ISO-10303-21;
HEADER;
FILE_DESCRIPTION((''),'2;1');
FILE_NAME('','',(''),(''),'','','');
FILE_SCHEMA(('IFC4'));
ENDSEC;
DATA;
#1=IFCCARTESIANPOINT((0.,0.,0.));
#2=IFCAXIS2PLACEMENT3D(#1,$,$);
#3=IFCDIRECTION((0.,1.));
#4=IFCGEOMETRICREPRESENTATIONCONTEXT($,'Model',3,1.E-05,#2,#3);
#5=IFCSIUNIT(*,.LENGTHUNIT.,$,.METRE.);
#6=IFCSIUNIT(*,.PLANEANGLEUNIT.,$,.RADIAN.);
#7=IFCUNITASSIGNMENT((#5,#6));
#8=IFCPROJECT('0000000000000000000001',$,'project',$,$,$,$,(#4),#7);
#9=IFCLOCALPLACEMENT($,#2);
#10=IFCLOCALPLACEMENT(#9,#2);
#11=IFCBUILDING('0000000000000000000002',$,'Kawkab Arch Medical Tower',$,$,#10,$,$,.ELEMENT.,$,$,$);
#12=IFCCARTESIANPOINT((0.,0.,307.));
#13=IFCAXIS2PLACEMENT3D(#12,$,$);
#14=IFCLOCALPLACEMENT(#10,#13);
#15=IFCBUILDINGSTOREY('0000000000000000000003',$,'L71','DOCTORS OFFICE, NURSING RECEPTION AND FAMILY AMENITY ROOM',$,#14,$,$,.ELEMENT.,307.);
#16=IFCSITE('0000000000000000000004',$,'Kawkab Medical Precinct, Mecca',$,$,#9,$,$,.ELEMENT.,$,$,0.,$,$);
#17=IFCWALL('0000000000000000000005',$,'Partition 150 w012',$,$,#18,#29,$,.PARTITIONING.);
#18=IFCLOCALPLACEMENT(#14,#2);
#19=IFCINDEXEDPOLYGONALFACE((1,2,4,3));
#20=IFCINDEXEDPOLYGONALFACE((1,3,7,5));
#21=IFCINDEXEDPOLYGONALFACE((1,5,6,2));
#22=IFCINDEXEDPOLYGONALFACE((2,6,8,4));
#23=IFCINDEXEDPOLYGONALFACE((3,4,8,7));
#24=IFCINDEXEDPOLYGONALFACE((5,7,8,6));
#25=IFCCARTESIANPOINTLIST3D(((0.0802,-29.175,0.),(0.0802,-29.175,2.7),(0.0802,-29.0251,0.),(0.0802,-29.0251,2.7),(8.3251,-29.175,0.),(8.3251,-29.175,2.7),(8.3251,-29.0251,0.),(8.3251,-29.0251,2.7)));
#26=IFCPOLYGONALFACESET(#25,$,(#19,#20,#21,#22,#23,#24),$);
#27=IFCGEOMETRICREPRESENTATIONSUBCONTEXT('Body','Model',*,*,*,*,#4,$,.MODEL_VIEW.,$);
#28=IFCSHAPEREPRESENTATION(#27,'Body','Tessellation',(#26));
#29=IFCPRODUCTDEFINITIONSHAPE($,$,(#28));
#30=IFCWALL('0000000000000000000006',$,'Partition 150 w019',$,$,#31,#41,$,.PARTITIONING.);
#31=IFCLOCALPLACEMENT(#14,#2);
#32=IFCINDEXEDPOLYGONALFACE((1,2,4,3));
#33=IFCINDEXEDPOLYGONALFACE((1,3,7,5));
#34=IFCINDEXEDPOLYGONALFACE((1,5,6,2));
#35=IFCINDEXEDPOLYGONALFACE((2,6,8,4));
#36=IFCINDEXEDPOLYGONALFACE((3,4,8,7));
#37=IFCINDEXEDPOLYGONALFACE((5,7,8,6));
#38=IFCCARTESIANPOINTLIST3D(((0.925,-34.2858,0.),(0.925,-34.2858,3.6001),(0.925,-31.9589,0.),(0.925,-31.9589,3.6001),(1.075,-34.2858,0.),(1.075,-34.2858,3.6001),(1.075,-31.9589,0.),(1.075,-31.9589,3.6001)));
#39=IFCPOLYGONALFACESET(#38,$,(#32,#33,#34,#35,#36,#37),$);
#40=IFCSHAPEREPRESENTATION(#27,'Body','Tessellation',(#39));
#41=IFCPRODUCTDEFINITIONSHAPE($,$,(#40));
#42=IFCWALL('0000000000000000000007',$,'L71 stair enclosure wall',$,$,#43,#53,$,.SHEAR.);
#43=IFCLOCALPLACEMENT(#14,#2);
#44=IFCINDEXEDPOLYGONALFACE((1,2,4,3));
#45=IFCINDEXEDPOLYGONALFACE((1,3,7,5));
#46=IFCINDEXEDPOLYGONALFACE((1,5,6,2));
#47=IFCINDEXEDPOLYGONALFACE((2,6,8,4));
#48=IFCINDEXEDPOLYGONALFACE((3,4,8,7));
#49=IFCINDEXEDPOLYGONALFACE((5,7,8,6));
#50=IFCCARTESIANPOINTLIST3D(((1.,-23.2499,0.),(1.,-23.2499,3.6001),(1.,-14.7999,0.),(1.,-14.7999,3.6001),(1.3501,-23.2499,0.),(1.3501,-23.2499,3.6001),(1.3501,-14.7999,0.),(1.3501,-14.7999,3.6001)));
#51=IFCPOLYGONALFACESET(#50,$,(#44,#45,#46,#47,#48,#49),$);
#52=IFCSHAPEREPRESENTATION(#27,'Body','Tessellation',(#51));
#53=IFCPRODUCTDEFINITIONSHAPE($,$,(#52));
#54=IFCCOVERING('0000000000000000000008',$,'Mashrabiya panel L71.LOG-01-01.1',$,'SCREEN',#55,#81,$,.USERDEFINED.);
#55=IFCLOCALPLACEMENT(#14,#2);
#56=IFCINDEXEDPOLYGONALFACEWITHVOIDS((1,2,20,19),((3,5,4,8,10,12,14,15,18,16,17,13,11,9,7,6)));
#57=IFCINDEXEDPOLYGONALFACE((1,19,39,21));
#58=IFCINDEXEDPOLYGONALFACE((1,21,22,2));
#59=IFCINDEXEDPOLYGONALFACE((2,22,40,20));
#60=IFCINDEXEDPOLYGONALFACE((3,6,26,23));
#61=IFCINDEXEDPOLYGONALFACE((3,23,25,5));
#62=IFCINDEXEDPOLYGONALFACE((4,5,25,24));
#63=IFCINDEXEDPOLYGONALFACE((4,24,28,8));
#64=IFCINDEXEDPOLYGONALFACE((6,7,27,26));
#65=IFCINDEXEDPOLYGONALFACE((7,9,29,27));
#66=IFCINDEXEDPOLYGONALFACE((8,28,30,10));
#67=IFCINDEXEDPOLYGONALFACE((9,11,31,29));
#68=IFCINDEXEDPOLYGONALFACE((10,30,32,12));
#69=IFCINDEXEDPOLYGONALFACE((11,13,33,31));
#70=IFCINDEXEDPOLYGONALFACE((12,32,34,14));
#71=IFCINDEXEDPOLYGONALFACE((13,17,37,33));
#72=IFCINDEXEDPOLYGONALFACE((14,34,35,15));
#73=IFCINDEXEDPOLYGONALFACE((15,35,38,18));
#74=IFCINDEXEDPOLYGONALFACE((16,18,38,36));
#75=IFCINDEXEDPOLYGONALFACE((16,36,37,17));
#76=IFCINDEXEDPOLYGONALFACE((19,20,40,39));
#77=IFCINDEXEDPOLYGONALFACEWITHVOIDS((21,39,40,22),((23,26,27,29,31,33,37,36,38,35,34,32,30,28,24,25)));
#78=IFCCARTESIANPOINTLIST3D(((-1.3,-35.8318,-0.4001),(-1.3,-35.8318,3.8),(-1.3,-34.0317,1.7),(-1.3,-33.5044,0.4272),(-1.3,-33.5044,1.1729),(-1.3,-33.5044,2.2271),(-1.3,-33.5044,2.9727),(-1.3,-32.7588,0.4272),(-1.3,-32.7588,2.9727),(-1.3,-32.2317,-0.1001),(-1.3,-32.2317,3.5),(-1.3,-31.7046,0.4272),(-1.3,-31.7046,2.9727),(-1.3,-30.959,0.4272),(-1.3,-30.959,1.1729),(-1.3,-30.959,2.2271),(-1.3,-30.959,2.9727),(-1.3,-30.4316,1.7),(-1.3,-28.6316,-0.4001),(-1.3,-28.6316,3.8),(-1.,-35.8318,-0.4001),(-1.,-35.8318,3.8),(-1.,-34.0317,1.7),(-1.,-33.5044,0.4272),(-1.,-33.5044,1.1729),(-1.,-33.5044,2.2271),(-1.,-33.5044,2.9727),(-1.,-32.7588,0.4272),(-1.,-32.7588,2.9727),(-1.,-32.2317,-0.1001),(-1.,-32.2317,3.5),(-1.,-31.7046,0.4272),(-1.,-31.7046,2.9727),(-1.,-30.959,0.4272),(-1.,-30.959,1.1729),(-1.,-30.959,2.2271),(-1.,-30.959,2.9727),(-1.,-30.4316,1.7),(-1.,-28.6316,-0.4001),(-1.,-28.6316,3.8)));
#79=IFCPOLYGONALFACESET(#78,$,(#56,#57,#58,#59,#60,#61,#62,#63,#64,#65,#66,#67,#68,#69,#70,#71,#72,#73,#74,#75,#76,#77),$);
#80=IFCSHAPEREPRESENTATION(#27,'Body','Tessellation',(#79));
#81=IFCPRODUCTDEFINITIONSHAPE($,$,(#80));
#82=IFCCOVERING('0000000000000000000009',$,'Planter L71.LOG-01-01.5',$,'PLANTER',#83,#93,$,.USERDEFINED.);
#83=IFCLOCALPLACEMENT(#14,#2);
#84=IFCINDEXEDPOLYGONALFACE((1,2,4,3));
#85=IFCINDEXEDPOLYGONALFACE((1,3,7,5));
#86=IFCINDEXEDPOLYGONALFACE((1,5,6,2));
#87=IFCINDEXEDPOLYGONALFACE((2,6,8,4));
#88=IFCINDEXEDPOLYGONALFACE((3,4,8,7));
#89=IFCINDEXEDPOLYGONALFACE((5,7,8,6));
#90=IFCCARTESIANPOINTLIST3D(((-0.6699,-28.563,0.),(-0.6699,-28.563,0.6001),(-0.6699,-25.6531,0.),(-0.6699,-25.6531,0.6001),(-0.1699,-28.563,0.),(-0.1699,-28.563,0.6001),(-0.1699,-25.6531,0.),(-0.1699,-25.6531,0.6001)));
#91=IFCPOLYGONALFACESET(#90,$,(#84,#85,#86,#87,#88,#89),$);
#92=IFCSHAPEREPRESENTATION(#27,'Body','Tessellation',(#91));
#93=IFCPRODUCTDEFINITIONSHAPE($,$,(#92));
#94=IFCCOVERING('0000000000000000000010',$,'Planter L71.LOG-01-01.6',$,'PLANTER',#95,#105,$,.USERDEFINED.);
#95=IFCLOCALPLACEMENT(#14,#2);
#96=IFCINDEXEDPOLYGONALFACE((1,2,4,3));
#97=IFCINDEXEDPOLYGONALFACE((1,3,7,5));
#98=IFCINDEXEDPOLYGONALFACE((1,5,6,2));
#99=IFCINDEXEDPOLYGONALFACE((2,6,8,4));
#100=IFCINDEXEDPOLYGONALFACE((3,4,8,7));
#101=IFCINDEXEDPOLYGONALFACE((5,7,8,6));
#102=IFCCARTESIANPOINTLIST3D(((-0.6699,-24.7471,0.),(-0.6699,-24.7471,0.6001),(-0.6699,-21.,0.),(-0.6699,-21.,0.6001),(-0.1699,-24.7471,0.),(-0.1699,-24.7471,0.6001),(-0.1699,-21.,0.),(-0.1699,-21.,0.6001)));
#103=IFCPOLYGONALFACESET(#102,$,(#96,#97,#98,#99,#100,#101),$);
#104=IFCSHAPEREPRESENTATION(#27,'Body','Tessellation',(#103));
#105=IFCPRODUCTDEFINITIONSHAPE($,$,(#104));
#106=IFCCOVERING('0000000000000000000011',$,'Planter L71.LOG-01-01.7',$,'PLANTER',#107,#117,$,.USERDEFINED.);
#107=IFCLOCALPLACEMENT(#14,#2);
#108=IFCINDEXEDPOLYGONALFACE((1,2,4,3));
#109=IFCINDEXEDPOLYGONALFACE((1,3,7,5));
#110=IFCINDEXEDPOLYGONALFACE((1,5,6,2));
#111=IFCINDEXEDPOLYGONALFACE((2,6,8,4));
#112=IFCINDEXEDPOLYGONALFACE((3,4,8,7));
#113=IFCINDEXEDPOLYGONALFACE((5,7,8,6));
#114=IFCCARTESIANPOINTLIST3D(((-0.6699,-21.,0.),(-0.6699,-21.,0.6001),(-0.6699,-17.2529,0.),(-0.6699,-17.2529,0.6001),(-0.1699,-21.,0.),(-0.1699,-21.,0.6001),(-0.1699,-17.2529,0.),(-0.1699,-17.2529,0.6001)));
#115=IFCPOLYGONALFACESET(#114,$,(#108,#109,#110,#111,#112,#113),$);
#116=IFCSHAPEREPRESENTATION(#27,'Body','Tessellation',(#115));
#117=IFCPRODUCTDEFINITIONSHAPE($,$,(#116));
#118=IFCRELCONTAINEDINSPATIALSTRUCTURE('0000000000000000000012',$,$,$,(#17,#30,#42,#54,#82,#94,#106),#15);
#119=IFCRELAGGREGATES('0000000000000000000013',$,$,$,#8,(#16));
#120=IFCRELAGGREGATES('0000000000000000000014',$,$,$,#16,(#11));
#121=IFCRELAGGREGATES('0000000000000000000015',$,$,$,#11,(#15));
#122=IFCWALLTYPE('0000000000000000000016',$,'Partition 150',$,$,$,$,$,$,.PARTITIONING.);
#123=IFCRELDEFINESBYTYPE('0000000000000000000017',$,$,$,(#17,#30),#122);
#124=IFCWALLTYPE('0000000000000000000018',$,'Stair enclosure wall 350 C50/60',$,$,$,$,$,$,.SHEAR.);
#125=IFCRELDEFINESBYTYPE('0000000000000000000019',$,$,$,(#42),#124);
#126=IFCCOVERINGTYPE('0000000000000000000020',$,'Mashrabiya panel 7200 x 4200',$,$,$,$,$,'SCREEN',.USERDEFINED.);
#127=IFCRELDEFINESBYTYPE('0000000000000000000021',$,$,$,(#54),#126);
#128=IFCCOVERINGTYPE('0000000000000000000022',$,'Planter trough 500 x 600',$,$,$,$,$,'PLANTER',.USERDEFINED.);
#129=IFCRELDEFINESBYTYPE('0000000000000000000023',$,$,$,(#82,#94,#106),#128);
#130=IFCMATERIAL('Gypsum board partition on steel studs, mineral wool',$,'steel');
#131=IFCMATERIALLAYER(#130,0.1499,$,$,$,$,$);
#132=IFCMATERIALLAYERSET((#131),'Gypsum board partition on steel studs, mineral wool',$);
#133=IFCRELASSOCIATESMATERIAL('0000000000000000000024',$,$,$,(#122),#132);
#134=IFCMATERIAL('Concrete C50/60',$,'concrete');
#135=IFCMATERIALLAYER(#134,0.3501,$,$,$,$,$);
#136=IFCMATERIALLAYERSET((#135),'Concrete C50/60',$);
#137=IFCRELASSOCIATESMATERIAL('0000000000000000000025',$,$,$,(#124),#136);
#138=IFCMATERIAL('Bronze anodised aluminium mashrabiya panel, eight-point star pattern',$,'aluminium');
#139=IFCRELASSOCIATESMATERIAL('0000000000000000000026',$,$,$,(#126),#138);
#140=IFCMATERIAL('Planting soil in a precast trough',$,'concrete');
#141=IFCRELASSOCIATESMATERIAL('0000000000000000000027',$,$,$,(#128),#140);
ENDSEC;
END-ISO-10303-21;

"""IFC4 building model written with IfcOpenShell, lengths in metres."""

from ifc_helpers import new_model, si_unit, direction, frame, frame_2d, origin, origin_2d, place, context, subcontext, project, spatial, polyline, rectangle, outline, extrude, material, layer, layer_set, material_profile, profile_set, type_object, element, save


model = new_model("IFC4")

# Units and contexts
model_context = context("Model", 3, precision=1e-05, world=origin(), true_north=direction((0.0, 1.0)))
body_context = subcontext(model_context, "Body", "Model", "MODEL_VIEW")
ifc_project = project(units=[si_unit("LENGTHUNIT", "METRE"), si_unit("PLANEANGLEUNIT", "RADIAN")], contexts=[model_context])

# Site, building, storey
site_placement = place(None, origin())
site = spatial("IfcSite", under=ifc_project, at=site_placement, Name="Kawkab Medical Precinct, Mecca", CompositionType="ELEMENT", RefElevation=0.0)
building_placement = place(site_placement, origin())
building = spatial("IfcBuilding", under=site, at=building_placement, Name="Kawkab Arch Medical Tower", CompositionType="ELEMENT")
storey_placement = place(building_placement, frame((0.0, 0.0, 307.0)))
storey = spatial("IfcBuildingStorey", under=building, at=storey_placement, Name="L71", Description="DOCTORS OFFICE, NURSING RECEPTION AND FAMILY AMENITY ROOM", CompositionType="ELEMENT", Elevation=307.0)

# Shared definitions
ifc_material_1 = material(Name="Gypsum board partition on steel studs, mineral wool", Category="steel")
ifc_layer_1 = layer(ifc_material_1, 0.1499)
ifc_layer_set_1 = layer_set([ifc_layer_1], Name="Gypsum board partition on steel studs, mineral wool")
wall_type_1 = type_object("IfcWallType", Name="Partition 150", PredefinedType="PARTITIONING", material=ifc_layer_set_1)

# Walls
wall_1_placement = place(storey_placement, frame((0.0801, -29.1001, 0.0), z_axis=(0.0, 0.0, 1.0), x_axis=(1.0, 0.0, 0.0)))
element("IfcWall", 1, at=wall_1_placement, inside=storey, type_object=wall_type_1, Name="Partition 150 w012", PredefinedType="PARTITIONING", context=body_context, shape_type="SweptSolid", body=[
    extrude(rectangle(XDim=8.2449, YDim=0.1499, at=frame_2d((4.1226, 0.0))), origin(), (0.0, 0.0, 1.0), 2.7),
])
wall_2_placement = place(storey_placement, frame((1.0, -34.2859, 0.0), z_axis=(0.0, 0.0, 1.0), x_axis=(0.0, 1.0, 0.0)))
element("IfcWall", 2, at=wall_2_placement, inside=storey, type_object=wall_type_1, Name="Partition 150 w019", PredefinedType="PARTITIONING", context=body_context, shape_type="SweptSolid", body=[
    extrude(rectangle(XDim=2.3269, YDim=0.1499, at=frame_2d((1.1636, 0.0))), origin(), (0.0, 0.0, 1.0), 3.6001),
])
ifc_material_2 = material(Name="Concrete C50/60", Category="concrete")
ifc_layer_2 = layer(ifc_material_2, 0.3501)
ifc_layer_set_2 = layer_set([ifc_layer_2], Name="Concrete C50/60")
wall_type_2 = type_object("IfcWallType", Name="Stair enclosure wall 350 C50/60", PredefinedType="SHEAR", material=ifc_layer_set_2)
wall_3_placement = place(storey_placement, frame((1.175, -23.25, 0.0), z_axis=(0.0, 0.0, 1.0), x_axis=(0.0, 1.0, 0.0)))
element("IfcWall", 3, at=wall_3_placement, inside=storey, type_object=wall_type_2, Name="L71 stair enclosure wall", PredefinedType="SHEAR", context=body_context, shape_type="SweptSolid", body=[
    extrude(rectangle(XDim=8.45, YDim=0.3501, at=frame_2d((4.2251, 0.0))), origin(), (0.0, 0.0, 1.0), 3.6001),
])

# Coverings
ifc_material_3 = material(Name="Bronze anodised aluminium mashrabiya panel, eight-point star pattern", Category="aluminium")
ifc_material_profile_1 = material_profile(ifc_material_3, outline(polyline([(-3.6001, -2.1001), (3.6001, -2.1001), (3.6001, 2.1001), (-3.6001, 2.1001), (-3.6001, -2.1001)]), holes=[polyline([(1.8, 0.0), (1.2727, 0.5271), (1.2727, 1.2727), (0.5271, 1.2727), (0.0, 1.8), (-0.5271, 1.2727), (-1.2727, 1.2727), (-1.2727, 0.5271), (-1.8, 0.0), (-1.2727, -0.5271), (-1.2727, -1.2727), (-0.5271, -1.2727), (0.0, -1.8), (0.5271, -1.2727), (1.2727, -1.2727), (1.2727, -0.5271), (1.8, 0.0)])]), Name="Mashrabiya panel 7200x4200")
ifc_profile_set_1 = profile_set([ifc_material_profile_1], Name="Bronze anodised aluminium mashrabiya panel, eight-point star pattern")
covering_type_1 = type_object("IfcCoveringType", Name="Mashrabiya panel 7200 x 4200", ElementType="SCREEN", PredefinedType="USERDEFINED", material=ifc_profile_set_1)
covering_1_placement = place(storey_placement, frame((-1.0, -32.2317, 1.7), z_axis=(-1.0, 0.0, 0.0), x_axis=(0.0, -1.0, 0.0)))
element("IfcCovering", 4, at=covering_1_placement, inside=storey, type_object=covering_type_1, Name="Mashrabiya panel L71.LOG-01-01.1", ObjectType="SCREEN", PredefinedType="USERDEFINED", context=body_context, shape_type="SweptSolid", body=[
    extrude(outline(polyline([(-3.6001, -2.1001), (3.6001, -2.1001), (3.6001, 2.1001), (-3.6001, 2.1001), (-3.6001, -2.1001)]), holes=[polyline([(1.8, 0.0), (1.2727, 0.5271), (1.2727, 1.2727), (0.5271, 1.2727), (0.0, 1.8), (-0.5271, 1.2727), (-1.2727, 1.2727), (-1.2727, 0.5271), (-1.8, 0.0), (-1.2727, -0.5271), (-1.2727, -1.2727), (-0.5271, -1.2727), (0.0, -1.8), (0.5271, -1.2727), (1.2727, -1.2727), (1.2727, -0.5271), (1.8, 0.0)])]), origin(), (0.0, 0.0, 1.0), 0.3),
])
ifc_material_4 = material(Name="Planting soil in a precast trough", Category="concrete")
ifc_material_profile_2 = material_profile(ifc_material_4, rectangle(XDim=0.5, YDim=0.6001, at=origin_2d()), Name="Trough 500x600")
ifc_profile_set_2 = profile_set([ifc_material_profile_2], Name="Planting soil in a precast trough")
covering_type_2 = type_object("IfcCoveringType", Name="Planter trough 500 x 600", ElementType="PLANTER", PredefinedType="USERDEFINED", material=ifc_profile_set_2)
covering_2_placement = place(storey_placement, frame((-0.4199, -28.563, 0.3), z_axis=(0.0, 1.0, 0.0), x_axis=(-1.0, 0.0, 0.0)))
element("IfcCovering", 5, at=covering_2_placement, inside=storey, type_object=covering_type_2, Name="Planter L71.LOG-01-01.5", ObjectType="PLANTER", PredefinedType="USERDEFINED", context=body_context, shape_type="SweptSolid", body=[
    extrude(rectangle(XDim=0.5, YDim=0.6001, at=origin_2d()), origin(), (0.0, 0.0, 1.0), 2.9099),
])
for number, where, z_axis, x_axis, name in (
    (6, (-0.4199, -24.7471, 0.3), (0.0, 1.0, 0.0), (-1.0, 0.0, 0.0), "Planter L71.LOG-01-01.6"),
    (7, (-0.4199, -21.0, 0.3), (0.0, 1.0, 0.0), (-1.0, 0.0, 0.0), "Planter L71.LOG-01-01.7"),
):
    element("IfcCovering", number, at=place(storey_placement, frame(where, z_axis=z_axis, x_axis=x_axis)), inside=storey, type_object=covering_type_2, Name=name, ObjectType="PLANTER", PredefinedType="USERDEFINED", context=body_context, shape_type="SweptSolid", body=[
        extrude(rectangle(XDim=0.5, YDim=0.6001, at=origin_2d()), origin(), (0.0, 0.0, 1.0), 3.7471),
    ])

save(model, "model.ifc")
